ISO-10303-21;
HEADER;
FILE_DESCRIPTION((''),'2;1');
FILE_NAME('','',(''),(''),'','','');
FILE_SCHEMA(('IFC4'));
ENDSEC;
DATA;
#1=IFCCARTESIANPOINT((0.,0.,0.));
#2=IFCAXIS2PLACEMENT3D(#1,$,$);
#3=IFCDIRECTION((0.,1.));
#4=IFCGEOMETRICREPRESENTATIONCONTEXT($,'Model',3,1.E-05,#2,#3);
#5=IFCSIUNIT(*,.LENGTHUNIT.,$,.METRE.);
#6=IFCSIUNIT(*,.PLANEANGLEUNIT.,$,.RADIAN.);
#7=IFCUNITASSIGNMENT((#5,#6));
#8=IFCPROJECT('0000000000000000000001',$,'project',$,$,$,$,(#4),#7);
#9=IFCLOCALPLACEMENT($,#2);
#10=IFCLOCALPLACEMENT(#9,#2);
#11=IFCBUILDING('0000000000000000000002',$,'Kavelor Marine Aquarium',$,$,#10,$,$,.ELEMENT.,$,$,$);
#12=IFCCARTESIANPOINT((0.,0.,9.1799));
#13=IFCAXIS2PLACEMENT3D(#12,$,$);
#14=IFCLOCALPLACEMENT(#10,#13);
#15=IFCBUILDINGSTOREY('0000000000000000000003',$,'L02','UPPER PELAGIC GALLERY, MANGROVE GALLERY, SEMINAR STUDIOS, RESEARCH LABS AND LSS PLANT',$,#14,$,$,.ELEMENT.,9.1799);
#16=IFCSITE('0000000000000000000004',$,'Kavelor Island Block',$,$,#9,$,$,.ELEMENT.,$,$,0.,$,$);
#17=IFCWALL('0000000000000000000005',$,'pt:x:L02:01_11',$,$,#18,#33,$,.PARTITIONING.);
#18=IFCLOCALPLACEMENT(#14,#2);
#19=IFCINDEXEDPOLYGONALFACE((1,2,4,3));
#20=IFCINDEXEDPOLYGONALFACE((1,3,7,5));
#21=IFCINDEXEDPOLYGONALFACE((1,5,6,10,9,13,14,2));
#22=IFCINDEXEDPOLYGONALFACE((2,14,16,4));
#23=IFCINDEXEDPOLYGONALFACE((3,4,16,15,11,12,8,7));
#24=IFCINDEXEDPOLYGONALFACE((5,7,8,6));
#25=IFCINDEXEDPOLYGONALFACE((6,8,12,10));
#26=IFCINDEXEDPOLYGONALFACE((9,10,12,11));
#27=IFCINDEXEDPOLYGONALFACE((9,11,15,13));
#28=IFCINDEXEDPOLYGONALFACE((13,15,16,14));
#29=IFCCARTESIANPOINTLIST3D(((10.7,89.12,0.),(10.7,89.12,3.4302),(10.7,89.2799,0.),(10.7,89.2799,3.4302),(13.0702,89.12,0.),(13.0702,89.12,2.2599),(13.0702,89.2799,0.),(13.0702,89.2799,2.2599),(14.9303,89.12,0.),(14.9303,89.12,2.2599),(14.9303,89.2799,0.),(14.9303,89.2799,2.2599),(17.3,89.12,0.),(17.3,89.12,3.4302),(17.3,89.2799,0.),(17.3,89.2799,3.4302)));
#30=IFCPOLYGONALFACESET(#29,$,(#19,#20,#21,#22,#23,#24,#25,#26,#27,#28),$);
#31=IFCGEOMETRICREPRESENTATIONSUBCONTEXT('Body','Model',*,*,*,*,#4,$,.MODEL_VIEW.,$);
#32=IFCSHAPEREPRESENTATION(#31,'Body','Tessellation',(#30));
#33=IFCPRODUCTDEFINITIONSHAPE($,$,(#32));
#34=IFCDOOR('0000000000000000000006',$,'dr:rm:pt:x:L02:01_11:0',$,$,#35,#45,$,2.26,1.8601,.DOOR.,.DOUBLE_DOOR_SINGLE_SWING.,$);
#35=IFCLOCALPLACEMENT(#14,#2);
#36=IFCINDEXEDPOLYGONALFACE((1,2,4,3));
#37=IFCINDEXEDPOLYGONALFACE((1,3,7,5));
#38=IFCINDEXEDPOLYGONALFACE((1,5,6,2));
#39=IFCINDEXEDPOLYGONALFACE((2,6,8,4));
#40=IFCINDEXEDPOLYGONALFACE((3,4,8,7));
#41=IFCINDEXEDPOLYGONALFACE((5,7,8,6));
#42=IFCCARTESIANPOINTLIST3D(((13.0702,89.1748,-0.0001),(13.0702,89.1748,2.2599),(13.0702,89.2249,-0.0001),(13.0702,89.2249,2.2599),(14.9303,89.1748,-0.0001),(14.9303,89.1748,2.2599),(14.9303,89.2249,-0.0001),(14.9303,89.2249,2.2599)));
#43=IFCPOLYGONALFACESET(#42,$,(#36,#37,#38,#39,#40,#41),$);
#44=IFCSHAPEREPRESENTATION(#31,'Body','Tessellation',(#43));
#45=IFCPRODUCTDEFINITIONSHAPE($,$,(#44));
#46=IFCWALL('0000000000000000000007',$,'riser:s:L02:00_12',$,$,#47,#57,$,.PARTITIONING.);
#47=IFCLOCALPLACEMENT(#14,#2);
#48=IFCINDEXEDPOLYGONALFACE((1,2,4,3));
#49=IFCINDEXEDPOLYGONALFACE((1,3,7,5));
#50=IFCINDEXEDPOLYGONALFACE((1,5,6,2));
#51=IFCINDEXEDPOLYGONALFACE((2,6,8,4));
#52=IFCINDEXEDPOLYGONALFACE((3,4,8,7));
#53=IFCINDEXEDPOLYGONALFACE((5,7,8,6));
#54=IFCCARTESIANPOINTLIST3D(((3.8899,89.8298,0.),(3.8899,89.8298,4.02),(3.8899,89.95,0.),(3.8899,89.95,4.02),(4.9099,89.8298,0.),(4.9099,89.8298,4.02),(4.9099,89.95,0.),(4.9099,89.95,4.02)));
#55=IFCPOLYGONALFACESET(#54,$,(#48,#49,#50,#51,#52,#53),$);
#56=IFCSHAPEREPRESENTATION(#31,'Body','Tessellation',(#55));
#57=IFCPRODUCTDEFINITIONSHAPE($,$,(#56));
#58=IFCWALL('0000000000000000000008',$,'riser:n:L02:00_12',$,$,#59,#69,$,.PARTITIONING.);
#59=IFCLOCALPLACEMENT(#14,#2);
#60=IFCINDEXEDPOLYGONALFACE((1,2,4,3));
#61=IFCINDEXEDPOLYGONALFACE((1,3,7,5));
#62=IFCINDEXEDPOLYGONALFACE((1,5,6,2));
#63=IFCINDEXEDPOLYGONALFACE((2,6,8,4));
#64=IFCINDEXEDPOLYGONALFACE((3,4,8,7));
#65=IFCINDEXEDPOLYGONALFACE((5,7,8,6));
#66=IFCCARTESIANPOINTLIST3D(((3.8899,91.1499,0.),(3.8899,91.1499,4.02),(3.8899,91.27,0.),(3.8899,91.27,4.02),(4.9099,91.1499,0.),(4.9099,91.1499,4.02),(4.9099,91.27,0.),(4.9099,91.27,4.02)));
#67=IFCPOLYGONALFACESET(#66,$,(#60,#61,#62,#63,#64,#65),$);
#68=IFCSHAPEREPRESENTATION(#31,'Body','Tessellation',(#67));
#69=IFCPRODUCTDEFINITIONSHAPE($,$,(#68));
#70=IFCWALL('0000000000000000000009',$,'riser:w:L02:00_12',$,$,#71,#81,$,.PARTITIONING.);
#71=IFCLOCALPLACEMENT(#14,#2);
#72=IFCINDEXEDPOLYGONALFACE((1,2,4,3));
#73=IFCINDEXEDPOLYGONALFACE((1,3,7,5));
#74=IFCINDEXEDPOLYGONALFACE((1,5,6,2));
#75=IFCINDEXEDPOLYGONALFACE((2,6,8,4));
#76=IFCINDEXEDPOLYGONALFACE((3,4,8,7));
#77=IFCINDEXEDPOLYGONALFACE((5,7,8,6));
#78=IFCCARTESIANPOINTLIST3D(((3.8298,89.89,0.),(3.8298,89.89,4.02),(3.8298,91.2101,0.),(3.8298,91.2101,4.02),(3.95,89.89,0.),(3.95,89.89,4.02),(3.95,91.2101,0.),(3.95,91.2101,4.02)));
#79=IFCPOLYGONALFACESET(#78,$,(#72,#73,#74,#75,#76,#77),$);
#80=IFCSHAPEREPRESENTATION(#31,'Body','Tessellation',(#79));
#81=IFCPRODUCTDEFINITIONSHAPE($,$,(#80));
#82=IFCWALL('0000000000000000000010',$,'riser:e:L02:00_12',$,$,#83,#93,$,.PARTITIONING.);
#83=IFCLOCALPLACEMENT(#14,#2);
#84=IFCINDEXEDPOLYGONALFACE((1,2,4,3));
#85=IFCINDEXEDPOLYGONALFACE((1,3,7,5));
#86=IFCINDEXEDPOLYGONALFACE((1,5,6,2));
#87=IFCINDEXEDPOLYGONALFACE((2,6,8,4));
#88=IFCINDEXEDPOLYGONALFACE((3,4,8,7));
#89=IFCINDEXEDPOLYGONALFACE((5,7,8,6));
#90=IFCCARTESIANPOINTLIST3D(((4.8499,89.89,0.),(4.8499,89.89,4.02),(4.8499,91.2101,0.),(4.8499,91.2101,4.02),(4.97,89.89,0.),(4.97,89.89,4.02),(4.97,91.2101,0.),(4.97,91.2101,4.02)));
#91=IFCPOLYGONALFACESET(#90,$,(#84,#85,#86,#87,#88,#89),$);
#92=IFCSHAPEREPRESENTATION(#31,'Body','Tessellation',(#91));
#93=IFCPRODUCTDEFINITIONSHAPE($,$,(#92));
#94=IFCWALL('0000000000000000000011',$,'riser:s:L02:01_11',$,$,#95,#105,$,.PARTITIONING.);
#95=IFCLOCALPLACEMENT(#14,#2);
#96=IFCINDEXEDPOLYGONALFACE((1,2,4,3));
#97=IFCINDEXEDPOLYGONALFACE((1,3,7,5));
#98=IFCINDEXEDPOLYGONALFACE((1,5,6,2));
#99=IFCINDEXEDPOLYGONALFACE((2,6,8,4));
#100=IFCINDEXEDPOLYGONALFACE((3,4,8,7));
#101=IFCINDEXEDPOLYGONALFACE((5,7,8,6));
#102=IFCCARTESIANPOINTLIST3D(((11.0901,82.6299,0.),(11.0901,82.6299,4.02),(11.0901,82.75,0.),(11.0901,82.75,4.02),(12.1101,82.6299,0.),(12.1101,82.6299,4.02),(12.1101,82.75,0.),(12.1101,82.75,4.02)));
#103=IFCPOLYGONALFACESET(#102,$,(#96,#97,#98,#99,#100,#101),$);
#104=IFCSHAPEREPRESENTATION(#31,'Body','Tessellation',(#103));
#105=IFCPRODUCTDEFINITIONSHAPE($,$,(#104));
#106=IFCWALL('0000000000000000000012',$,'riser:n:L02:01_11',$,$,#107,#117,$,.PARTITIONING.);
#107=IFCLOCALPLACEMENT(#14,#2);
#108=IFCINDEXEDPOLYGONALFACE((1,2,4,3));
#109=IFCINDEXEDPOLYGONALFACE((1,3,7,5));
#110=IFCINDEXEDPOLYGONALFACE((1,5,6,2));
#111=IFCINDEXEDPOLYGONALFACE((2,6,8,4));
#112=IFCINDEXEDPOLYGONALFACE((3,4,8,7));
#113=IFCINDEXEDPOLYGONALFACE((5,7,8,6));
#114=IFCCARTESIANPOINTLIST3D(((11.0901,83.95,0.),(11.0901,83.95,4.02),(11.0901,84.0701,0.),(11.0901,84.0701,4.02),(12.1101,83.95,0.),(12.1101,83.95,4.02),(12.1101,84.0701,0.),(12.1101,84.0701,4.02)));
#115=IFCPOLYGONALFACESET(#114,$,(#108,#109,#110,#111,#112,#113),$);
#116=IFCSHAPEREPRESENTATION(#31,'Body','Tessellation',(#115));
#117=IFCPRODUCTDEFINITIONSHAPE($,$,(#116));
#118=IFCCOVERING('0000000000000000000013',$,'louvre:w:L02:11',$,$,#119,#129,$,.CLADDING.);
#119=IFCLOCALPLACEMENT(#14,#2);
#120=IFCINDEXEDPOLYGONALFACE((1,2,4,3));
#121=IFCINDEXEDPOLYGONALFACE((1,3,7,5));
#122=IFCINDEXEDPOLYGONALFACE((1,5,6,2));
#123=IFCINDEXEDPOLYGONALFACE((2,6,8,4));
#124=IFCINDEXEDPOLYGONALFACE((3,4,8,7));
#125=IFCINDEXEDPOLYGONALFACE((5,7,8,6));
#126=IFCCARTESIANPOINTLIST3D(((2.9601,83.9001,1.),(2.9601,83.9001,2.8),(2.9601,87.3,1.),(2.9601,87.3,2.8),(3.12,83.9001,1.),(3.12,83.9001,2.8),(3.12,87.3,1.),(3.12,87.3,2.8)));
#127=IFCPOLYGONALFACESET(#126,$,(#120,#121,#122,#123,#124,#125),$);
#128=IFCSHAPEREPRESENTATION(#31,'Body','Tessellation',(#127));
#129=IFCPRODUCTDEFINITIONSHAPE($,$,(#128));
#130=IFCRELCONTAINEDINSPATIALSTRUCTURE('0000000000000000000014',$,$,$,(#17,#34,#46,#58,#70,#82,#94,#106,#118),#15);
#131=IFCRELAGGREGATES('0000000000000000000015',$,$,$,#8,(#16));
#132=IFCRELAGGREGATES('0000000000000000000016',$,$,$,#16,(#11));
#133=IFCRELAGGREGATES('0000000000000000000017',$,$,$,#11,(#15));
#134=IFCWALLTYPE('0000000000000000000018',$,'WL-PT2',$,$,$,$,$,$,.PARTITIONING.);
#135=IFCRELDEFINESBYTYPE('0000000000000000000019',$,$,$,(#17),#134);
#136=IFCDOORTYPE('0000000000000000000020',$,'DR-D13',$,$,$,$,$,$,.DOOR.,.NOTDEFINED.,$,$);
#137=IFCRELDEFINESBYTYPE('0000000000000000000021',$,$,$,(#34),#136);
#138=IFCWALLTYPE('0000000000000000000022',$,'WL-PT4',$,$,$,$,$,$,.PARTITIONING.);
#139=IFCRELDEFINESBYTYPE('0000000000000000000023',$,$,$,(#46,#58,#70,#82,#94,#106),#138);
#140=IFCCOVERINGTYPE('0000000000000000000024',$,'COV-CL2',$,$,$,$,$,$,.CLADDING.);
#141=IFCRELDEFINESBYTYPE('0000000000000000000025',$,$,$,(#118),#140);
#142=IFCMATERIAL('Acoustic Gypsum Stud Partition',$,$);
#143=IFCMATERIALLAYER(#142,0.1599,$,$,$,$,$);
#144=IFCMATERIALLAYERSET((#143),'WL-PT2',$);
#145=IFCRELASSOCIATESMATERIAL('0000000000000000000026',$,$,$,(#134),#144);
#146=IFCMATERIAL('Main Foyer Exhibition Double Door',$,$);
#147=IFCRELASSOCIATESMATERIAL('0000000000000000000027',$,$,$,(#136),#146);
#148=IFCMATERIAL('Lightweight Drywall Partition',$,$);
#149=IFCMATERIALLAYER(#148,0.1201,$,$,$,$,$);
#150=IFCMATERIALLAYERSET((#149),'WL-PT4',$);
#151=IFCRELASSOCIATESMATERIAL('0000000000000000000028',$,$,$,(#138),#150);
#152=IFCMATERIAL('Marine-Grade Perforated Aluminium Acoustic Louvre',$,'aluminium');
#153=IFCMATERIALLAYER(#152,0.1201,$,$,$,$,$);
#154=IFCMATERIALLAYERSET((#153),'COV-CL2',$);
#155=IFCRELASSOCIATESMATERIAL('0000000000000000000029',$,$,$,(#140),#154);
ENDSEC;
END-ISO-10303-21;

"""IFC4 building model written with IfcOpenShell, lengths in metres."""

from ifc_helpers import new_model, si_unit, direction, frame, frame_2d, origin, origin_2d, place, context, subcontext, project, spatial, rectangle, extrude, material, layer, layer_set, type_object, element, fill, save


model = new_model("IFC4")

# Units and contexts
model_context = context("Model", 3, precision=1e-05, world=origin(), true_north=direction((0.0, 1.0)))
body_context = subcontext(model_context, "Body", "Model", "MODEL_VIEW")
ifc_project = project(units=[si_unit("LENGTHUNIT", "METRE"), si_unit("PLANEANGLEUNIT", "RADIAN")], contexts=[model_context])

# Site, building, storey
site_placement = place(None, origin())
site = spatial("IfcSite", under=ifc_project, at=site_placement, Name="Kavelor Island Block", CompositionType="ELEMENT", RefElevation=0.0)
building_placement = place(site_placement, origin())
building = spatial("IfcBuilding", under=site, at=building_placement, Name="Kavelor Marine Aquarium", CompositionType="ELEMENT")
storey_placement = place(building_placement, frame((0.0, 0.0, 9.1799)))
storey = spatial("IfcBuildingStorey", under=building, at=storey_placement, Name="L02", Description="UPPER PELAGIC GALLERY, MANGROVE GALLERY, SEMINAR STUDIOS, RESEARCH LABS AND LSS PLANT", CompositionType="ELEMENT", Elevation=9.1799)

# Wall, opening, door
ifc_material_1 = material(Name="Acoustic Gypsum Stud Partition")
ifc_layer_1 = layer(ifc_material_1, 0.1599)
ifc_layer_set_1 = layer_set([ifc_layer_1], Name="WL-PT2")
wall_type_1 = type_object("IfcWallType", Name="WL-PT2", PredefinedType="PARTITIONING", material=ifc_layer_set_1)
wall_1_placement = place(storey_placement, frame((10.7, 89.2, 0.0), z_axis=(0.0, 0.0, 1.0), x_axis=(1.0, 0.0, 0.0)))
wall_1 = element("IfcWall", 1, at=wall_1_placement, inside=storey, type_object=wall_type_1, Name="pt:x:L02:01_11", PredefinedType="PARTITIONING", context=body_context, shape_type="SweptSolid", body=[
    extrude(rectangle(XDim=6.6001, YDim=0.1599, at=frame_2d((3.3, 0.0))), origin(), (0.0, 0.0, 1.0), 3.4302),
])
opening_1_placement = place(wall_1_placement, frame((2.3701, 0.0, 0.0)))
opening_1 = element("IfcOpeningElement", 2, at=opening_1_placement, cuts=wall_1, PredefinedType="OPENING", context=body_context, shape_type="SweptSolid", body=[
    extrude(rectangle(XDim=1.8601, YDim=2.26, at=frame_2d((0.9302, 1.1299))), frame((0.0, 0.0898, 0.0), z_axis=(0.0, -1.0, 0.0), x_axis=(1.0, 0.0, 0.0)), (0.0, 0.0, 1.0), 0.1799),
])
ifc_material_2 = material(Name="Main Foyer Exhibition Double Door")
door_type_1 = type_object("IfcDoorType", Name="DR-D13", OperationType="NOTDEFINED", PredefinedType="DOOR", material=ifc_material_2)
door_1_placement = place(opening_1_placement, origin())
door_1 = element("IfcDoor", 3, at=door_1_placement, inside=storey, type_object=door_type_1, Name="dr:rm:pt:x:L02:01_11:0", OperationType="DOUBLE_DOOR_SINGLE_SWING", OverallHeight=2.26, OverallWidth=1.8601, PredefinedType="DOOR", context=body_context, shape_type="SweptSolid", body=[
    extrude(rectangle(XDim=1.8601, YDim=2.26, at=frame_2d((0.9302, 1.1299))), frame((0.0, 0.0249, 0.0), z_axis=(0.0, -1.0, 0.0), x_axis=(1.0, 0.0, 0.0)), (0.0, 0.0, 1.0), 0.05),
])
fill(opening_1, door_1)

# Walls
ifc_material_3 = material(Name="Lightweight Drywall Partition")
ifc_layer_2 = layer(ifc_material_3, 0.1201)
ifc_layer_set_2 = layer_set([ifc_layer_2], Name="WL-PT4")
wall_type_2 = type_object("IfcWallType", Name="WL-PT4", PredefinedType="PARTITIONING", material=ifc_layer_set_2)
for number, where, z_axis, x_axis, name in (
    (4, (3.8899, 89.8899, 0.0), (0.0, 0.0, 1.0), (1.0, 0.0, 0.0), "riser:s:L02:00_12"),
    (5, (3.8899, 91.21, 0.0), (0.0, 0.0, 1.0), (1.0, 0.0, 0.0), "riser:n:L02:00_12"),
):
    element("IfcWall", number, at=place(storey_placement, frame(where, z_axis=z_axis, x_axis=x_axis)), inside=storey, type_object=wall_type_2, Name=name, PredefinedType="PARTITIONING", context=body_context, shape_type="SweptSolid", body=[
        extrude(rectangle(XDim=1.02, YDim=0.1201, at=frame_2d((0.51, 0.0))), origin(), (0.0, 0.0, 1.0), 4.02),
    ])
for number, where, z_axis, x_axis, name in (
    (6, (3.8899, 89.8899, 0.0), (0.0, 0.0, 1.0), (0.0, 1.0, 0.0), "riser:w:L02:00_12"),
    (7, (4.9099, 89.8899, 0.0), (0.0, 0.0, 1.0), (0.0, 1.0, 0.0), "riser:e:L02:00_12"),
):
    element("IfcWall", number, at=place(storey_placement, frame(where, z_axis=z_axis, x_axis=x_axis)), inside=storey, type_object=wall_type_2, Name=name, PredefinedType="PARTITIONING", context=body_context, shape_type="SweptSolid", body=[
        extrude(rectangle(XDim=1.3201, YDim=0.1201, at=frame_2d((0.6602, 0.0))), origin(), (0.0, 0.0, 1.0), 4.02),
    ])
for number, where, z_axis, x_axis, name in (
    (8, (11.0901, 82.6899, 0.0), (0.0, 0.0, 1.0), (1.0, 0.0, 0.0), "riser:s:L02:01_11"),
    (9, (11.0901, 84.01, 0.0), (0.0, 0.0, 1.0), (1.0, 0.0, 0.0), "riser:n:L02:01_11"),
):
    element("IfcWall", number, at=place(storey_placement, frame(where, z_axis=z_axis, x_axis=x_axis)), inside=storey, type_object=wall_type_2, Name=name, PredefinedType="PARTITIONING", context=body_context, shape_type="SweptSolid", body=[
        extrude(rectangle(XDim=1.02, YDim=0.1201, at=frame_2d((0.51, 0.0))), origin(), (0.0, 0.0, 1.0), 4.02),
    ])

# Covering
ifc_material_4 = material(Name="Marine-Grade Perforated Aluminium Acoustic Louvre", Category="aluminium")
ifc_layer_3 = layer(ifc_material_4, 0.1201)
ifc_layer_set_3 = layer_set([ifc_layer_3], Name="COV-CL2")
covering_type = type_object("IfcCoveringType", Name="COV-CL2", PredefinedType="CLADDING", material=ifc_layer_set_3)
covering_placement = place(storey_placement, frame((3.04, 85.6001, 1.0), z_axis=(0.0, 0.0, 1.0), x_axis=(1.0, 0.0, 0.0)))
element("IfcCovering", 10, at=covering_placement, inside=storey, type_object=covering_type, Name="louvre:w:L02:11", PredefinedType="CLADDING", context=body_context, shape_type="SweptSolid", body=[
    extrude(rectangle(XDim=0.1599, YDim=3.3999, at=origin_2d()), origin(), (0.0, 0.0, 1.0), 1.8),
])

save(model, "model.ifc")
